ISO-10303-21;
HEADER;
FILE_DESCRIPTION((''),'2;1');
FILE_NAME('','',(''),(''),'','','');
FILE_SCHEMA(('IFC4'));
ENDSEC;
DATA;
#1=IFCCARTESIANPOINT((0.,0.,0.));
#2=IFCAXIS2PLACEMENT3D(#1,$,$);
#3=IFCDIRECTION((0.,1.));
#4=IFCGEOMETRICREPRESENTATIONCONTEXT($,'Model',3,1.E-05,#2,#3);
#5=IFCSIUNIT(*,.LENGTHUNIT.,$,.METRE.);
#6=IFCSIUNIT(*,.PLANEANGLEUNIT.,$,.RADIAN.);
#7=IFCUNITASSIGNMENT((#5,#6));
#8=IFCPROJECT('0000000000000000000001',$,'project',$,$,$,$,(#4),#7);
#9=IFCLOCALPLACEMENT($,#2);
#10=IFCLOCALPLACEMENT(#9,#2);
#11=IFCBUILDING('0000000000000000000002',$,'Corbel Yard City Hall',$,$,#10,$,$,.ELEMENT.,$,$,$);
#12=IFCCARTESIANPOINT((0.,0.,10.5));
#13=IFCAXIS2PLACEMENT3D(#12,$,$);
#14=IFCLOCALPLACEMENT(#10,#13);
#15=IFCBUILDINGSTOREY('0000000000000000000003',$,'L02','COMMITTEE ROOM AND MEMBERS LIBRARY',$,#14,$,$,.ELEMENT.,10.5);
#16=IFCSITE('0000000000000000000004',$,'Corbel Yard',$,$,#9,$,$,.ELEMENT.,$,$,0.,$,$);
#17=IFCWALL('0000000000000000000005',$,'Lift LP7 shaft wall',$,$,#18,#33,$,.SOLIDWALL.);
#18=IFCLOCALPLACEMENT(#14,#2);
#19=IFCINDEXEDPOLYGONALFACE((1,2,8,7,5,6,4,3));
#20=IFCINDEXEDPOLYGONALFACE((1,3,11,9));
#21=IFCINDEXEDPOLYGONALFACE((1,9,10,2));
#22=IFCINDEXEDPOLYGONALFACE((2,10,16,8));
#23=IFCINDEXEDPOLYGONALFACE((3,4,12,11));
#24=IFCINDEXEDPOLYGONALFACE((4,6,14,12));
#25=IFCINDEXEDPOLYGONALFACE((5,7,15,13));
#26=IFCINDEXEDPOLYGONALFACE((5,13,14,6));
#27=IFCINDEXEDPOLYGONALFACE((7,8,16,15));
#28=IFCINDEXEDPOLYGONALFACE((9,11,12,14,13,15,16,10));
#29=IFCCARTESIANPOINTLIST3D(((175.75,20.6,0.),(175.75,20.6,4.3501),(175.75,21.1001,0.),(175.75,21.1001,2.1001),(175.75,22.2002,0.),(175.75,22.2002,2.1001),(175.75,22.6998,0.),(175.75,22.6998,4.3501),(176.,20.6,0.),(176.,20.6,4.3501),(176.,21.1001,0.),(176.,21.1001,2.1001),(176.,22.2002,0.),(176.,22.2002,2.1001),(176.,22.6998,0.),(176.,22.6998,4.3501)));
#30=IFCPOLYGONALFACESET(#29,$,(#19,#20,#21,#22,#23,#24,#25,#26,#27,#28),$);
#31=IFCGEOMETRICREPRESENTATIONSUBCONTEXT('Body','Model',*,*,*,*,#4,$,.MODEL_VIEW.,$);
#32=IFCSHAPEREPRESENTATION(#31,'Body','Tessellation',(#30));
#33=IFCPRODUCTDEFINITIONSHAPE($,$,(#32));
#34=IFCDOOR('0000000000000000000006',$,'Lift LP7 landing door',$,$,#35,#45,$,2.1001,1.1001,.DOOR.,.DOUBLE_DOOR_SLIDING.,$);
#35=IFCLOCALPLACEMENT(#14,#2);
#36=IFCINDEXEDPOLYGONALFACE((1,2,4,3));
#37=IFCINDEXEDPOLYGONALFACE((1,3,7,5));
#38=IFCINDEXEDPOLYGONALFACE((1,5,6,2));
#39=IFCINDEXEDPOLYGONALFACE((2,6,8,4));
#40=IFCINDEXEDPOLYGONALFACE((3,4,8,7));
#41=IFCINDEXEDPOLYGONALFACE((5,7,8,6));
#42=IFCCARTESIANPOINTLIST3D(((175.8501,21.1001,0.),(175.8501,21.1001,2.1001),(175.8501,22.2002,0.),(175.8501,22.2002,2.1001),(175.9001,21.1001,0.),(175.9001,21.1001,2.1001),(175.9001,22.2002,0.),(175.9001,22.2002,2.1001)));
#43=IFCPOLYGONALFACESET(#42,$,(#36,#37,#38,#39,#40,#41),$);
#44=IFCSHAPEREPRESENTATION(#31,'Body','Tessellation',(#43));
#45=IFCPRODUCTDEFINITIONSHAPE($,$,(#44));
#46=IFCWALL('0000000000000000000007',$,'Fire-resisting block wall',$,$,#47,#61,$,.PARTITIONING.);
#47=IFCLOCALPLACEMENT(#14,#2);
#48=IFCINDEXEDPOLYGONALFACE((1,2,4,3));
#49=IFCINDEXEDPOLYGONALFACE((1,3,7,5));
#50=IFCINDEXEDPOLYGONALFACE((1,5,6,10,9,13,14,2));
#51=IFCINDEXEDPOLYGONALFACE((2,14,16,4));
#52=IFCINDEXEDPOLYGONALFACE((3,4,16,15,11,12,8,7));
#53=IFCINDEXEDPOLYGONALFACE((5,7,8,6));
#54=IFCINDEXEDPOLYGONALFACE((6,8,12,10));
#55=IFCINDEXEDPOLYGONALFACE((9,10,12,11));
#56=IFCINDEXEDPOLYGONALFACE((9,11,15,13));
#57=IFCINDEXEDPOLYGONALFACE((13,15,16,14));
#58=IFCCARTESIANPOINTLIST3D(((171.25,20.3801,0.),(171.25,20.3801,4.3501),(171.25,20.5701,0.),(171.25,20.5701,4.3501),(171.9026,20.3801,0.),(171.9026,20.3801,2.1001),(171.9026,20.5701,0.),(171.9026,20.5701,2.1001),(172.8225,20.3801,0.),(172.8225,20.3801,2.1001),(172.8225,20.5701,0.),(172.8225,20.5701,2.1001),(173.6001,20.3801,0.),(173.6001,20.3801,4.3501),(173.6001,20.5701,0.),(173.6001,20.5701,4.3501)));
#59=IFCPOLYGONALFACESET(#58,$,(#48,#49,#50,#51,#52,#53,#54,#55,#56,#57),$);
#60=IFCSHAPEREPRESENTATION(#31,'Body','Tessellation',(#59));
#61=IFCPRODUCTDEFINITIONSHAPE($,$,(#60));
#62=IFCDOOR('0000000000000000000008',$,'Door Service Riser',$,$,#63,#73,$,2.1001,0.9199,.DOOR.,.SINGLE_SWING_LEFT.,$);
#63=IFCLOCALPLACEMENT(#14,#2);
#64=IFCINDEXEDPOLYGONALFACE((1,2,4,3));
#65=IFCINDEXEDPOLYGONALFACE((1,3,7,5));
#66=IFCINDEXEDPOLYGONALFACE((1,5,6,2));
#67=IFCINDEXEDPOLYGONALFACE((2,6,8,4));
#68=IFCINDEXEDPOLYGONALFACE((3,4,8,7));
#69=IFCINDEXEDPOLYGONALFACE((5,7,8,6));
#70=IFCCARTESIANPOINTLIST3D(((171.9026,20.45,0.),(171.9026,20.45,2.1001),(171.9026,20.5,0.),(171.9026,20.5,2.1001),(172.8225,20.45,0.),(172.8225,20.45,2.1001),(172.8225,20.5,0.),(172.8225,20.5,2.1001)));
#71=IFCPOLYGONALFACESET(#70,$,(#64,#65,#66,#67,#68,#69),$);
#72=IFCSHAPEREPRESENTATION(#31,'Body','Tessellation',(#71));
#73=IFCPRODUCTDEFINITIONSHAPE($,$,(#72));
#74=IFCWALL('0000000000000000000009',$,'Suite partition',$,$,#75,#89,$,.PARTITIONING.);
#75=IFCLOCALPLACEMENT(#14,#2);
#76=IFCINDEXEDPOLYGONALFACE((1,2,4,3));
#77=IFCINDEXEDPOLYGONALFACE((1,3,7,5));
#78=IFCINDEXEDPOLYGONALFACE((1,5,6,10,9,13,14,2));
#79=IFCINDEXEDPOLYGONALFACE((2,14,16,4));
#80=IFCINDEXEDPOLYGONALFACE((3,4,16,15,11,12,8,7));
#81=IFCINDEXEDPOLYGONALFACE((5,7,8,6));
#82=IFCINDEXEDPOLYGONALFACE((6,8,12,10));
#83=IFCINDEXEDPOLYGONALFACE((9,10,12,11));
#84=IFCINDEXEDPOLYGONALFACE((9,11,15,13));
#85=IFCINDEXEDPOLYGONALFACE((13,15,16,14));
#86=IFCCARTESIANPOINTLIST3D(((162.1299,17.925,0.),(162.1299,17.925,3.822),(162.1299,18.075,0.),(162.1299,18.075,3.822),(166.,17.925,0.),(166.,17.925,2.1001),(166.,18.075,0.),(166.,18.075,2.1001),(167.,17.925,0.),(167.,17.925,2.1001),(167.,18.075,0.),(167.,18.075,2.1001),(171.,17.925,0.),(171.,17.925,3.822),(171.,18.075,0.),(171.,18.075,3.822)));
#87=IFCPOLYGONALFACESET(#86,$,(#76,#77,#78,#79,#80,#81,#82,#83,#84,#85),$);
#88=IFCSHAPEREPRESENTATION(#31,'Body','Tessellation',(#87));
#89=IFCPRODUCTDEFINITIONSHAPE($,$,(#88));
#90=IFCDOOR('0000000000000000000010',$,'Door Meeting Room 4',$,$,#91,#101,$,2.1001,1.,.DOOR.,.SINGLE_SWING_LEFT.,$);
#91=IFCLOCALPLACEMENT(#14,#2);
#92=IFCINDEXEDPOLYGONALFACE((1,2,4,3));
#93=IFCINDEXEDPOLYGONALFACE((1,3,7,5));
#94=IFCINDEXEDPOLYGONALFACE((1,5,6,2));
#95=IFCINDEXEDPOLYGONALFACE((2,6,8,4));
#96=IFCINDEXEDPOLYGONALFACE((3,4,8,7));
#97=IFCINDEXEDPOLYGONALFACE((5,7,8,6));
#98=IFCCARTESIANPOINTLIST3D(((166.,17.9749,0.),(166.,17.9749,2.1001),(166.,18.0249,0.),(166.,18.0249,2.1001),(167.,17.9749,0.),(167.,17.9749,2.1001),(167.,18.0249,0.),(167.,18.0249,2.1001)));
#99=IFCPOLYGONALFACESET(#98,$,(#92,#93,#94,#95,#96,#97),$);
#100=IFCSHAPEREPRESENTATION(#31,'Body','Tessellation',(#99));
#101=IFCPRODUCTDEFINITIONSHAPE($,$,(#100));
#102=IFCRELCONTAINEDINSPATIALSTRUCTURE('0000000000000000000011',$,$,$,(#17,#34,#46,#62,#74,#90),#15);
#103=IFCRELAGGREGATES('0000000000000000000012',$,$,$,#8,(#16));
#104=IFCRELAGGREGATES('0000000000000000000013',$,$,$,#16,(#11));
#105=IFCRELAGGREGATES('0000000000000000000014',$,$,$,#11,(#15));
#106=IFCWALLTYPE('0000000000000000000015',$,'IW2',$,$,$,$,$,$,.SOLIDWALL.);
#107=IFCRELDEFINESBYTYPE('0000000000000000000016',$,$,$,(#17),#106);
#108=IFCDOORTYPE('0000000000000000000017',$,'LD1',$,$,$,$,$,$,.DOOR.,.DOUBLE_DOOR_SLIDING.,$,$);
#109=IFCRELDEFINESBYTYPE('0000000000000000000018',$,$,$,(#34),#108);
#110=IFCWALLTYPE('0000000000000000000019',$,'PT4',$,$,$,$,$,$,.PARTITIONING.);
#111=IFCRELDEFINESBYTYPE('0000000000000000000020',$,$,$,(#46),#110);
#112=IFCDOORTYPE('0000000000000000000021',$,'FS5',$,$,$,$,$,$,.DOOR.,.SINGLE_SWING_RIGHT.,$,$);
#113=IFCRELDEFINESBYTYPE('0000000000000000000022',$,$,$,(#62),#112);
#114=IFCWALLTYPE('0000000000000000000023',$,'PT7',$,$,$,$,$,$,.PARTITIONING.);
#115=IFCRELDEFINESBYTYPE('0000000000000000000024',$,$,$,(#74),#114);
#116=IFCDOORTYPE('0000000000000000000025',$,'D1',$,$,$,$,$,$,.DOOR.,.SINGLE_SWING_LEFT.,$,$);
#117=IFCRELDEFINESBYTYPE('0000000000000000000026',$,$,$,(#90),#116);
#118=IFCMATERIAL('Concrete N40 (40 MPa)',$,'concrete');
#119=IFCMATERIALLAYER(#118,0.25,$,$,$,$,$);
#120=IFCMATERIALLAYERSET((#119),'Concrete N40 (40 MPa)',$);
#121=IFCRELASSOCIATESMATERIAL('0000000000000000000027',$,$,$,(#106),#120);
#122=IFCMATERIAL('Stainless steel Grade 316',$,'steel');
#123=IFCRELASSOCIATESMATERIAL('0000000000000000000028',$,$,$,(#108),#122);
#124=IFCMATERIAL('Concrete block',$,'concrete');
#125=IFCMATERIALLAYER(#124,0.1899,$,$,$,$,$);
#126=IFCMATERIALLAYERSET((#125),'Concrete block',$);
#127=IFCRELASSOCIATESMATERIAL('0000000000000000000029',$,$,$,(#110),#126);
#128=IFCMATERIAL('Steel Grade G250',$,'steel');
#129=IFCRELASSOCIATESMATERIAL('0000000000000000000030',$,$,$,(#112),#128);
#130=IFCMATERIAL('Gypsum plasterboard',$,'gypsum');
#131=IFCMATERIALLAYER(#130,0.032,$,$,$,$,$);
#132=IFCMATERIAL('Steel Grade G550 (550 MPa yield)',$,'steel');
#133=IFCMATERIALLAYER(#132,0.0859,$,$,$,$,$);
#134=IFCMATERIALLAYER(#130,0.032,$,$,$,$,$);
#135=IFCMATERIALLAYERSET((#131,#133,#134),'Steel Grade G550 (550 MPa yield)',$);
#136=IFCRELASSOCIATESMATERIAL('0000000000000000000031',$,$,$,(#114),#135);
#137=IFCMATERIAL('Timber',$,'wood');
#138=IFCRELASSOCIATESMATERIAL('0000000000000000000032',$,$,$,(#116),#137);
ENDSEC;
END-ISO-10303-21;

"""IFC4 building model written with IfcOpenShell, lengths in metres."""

from ifc_helpers import new_model, si_unit, direction, frame, frame_2d, origin, place, context, subcontext, project, spatial, rectangle, extrude, material, layer, layer_set, type_object, element, fill, save


model = new_model("IFC4")

# Units and contexts
model_context = context("Model", 3, precision=1e-05, world=origin(), true_north=direction((0.0, 1.0)))
body_context = subcontext(model_context, "Body", "Model", "MODEL_VIEW")
ifc_project = project(units=[si_unit("LENGTHUNIT", "METRE"), si_unit("PLANEANGLEUNIT", "RADIAN")], contexts=[model_context])

# Site, building, storey
site_placement = place(None, origin())
site = spatial("IfcSite", under=ifc_project, at=site_placement, Name="Corbel Yard", CompositionType="ELEMENT", RefElevation=0.0)
building_placement = place(site_placement, origin())
building = spatial("IfcBuilding", under=site, at=building_placement, Name="Corbel Yard City Hall", CompositionType="ELEMENT")
storey_placement = place(building_placement, frame((0.0, 0.0, 10.5)))
storey = spatial("IfcBuildingStorey", under=building, at=storey_placement, Name="L02", Description="COMMITTEE ROOM AND MEMBERS LIBRARY", CompositionType="ELEMENT", Elevation=10.5)

# Shared definitions
ifc_material_1 = material(Name="Steel Grade G250", Category="steel")

# Shared definitions
ifc_material_2 = material(Name="Concrete N40 (40 MPa)", Category="concrete")
ifc_layer_1 = layer(ifc_material_2, 0.25)
ifc_layer_set_1 = layer_set([ifc_layer_1], Name="Concrete N40 (40 MPa)")
wall_type_1 = type_object("IfcWallType", Name="IW2", PredefinedType="SOLIDWALL", material=ifc_layer_set_1)

# Walls, openings, doors
wall_1_placement = place(storey_placement, frame((175.875, 20.6001, 0.0), z_axis=(0.0, 0.0, 1.0), x_axis=(0.0, 1.0, 0.0)))
wall_1 = element("IfcWall", 1, at=wall_1_placement, inside=storey, type_object=wall_type_1, Name="Lift LP7 shaft wall", PredefinedType="SOLIDWALL", context=body_context, shape_type="SweptSolid", body=[
    extrude(rectangle(XDim=2.0999, YDim=0.25, at=frame_2d((1.0498, 0.0))), origin(), (0.0, 0.0, 1.0), 4.3501),
])
opening_1_placement = place(wall_1_placement, frame((0.5, 0.0, 0.0)))
opening_1 = element("IfcOpeningElement", 2, at=opening_1_placement, cuts=wall_1, PredefinedType="OPENING", context=body_context, shape_type="SweptSolid", body=[
    extrude(rectangle(XDim=1.1001, YDim=2.1001, at=frame_2d((0.55, 1.05))), frame((0.0, 0.135, 0.0), z_axis=(0.0, -1.0, 0.0), x_axis=(1.0, 0.0, 0.0)), (0.0, 0.0, 1.0), 0.27),
])
ifc_material_3 = material(Name="Stainless steel Grade 316", Category="steel")
door_type_1 = type_object("IfcDoorType", Name="LD1", OperationType="DOUBLE_DOOR_SLIDING", PredefinedType="DOOR", material=ifc_material_3)
door_1_placement = place(opening_1_placement, origin())
door_1 = element("IfcDoor", 3, at=door_1_placement, inside=storey, type_object=door_type_1, Name="Lift LP7 landing door", OperationType="DOUBLE_DOOR_SLIDING", OverallHeight=2.1001, OverallWidth=1.1001, PredefinedType="DOOR", context=body_context, shape_type="SweptSolid", body=[
    extrude(rectangle(XDim=1.1001, YDim=2.1001, at=frame_2d((0.55, 1.05))), frame((0.0, 0.0249, 0.0), z_axis=(0.0, -1.0, 0.0), x_axis=(1.0, 0.0, 0.0)), (0.0, 0.0, 1.0), 0.05),
])
fill(opening_1, door_1)
ifc_material_4 = material(Name="Concrete block", Category="concrete")
ifc_layer_2 = layer(ifc_material_4, 0.1899)
ifc_layer_set_2 = layer_set([ifc_layer_2], Name="Concrete block")
wall_type_2 = type_object("IfcWallType", Name="PT4", PredefinedType="PARTITIONING", material=ifc_layer_set_2)
wall_2_placement = place(storey_placement, frame((171.25, 20.4751, 0.0), z_axis=(0.0, 0.0, 1.0), x_axis=(1.0, 0.0, 0.0)))
wall_2 = element("IfcWall", 4, at=wall_2_placement, inside=storey, type_object=wall_type_2, Name="Fire-resisting block wall", PredefinedType="PARTITIONING", context=body_context, shape_type="SweptSolid", body=[
    extrude(rectangle(XDim=2.3501, YDim=0.1899, at=frame_2d((1.175, 0.0))), origin(), (0.0, 0.0, 1.0), 4.3501),
])
opening_2_placement = place(wall_2_placement, frame((0.6526, 0.0, 0.0)))
opening_2 = element("IfcOpeningElement", 5, at=opening_2_placement, cuts=wall_2, PredefinedType="OPENING", context=body_context, shape_type="SweptSolid", body=[
    extrude(rectangle(XDim=0.9199, YDim=2.1001, at=frame_2d((0.46, 1.05))), frame((0.0, 0.105, 0.0), z_axis=(0.0, -1.0, 0.0), x_axis=(1.0, 0.0, 0.0)), (0.0, 0.0, 1.0), 0.21),
])
door_type_2 = type_object("IfcDoorType", Name="FS5", OperationType="SINGLE_SWING_RIGHT", PredefinedType="DOOR", material=ifc_material_1)
door_2_placement = place(opening_2_placement, origin())
door_2 = element("IfcDoor", 6, at=door_2_placement, inside=storey, type_object=door_type_2, Name="Door Service Riser", OperationType="SINGLE_SWING_LEFT", OverallHeight=2.1001, OverallWidth=0.9199, PredefinedType="DOOR", context=body_context, shape_type="SweptSolid", body=[
    extrude(rectangle(XDim=0.9199, YDim=2.1001, at=frame_2d((0.46, 1.05))), frame((0.0, 0.0249, 0.0), z_axis=(0.0, -1.0, 0.0), x_axis=(1.0, 0.0, 0.0)), (0.0, 0.0, 1.0), 0.05),
])
fill(opening_2, door_2)
ifc_material_5 = material(Name="Gypsum plasterboard", Category="gypsum")
ifc_layer_3 = layer(ifc_material_5, 0.032)
ifc_material_6 = material(Name="Steel Grade G550 (550 MPa yield)", Category="steel")
ifc_layer_4 = layer(ifc_material_6, 0.0859)
ifc_layer_5 = layer(ifc_material_5, 0.032)
ifc_layer_set_3 = layer_set([ifc_layer_3, ifc_layer_4, ifc_layer_5], Name="Steel Grade G550 (550 MPa yield)")
wall_type_3 = type_object("IfcWallType", Name="PT7", PredefinedType="PARTITIONING", material=ifc_layer_set_3)
wall_3_placement = place(storey_placement, frame((162.1299, 18.0, 0.0), z_axis=(0.0, 0.0, 1.0), x_axis=(1.0, 0.0, 0.0)))
wall_3 = element("IfcWall", 7, at=wall_3_placement, inside=storey, type_object=wall_type_3, Name="Suite partition", PredefinedType="PARTITIONING", context=body_context, shape_type="SweptSolid", body=[
    extrude(rectangle(XDim=8.8701, YDim=0.1499, at=frame_2d((4.4351, 0.0))), origin(), (0.0, 0.0, 1.0), 3.822),
])
opening_3_placement = place(wall_3_placement, frame((3.8701, 0.0, 0.0)))
opening_3 = element("IfcOpeningElement", 8, at=opening_3_placement, cuts=wall_3, PredefinedType="OPENING", context=body_context, shape_type="SweptSolid", body=[
    extrude(rectangle(XDim=1.0, YDim=2.1001, at=frame_2d((0.5, 1.05))), frame((0.0, 0.085, 0.0), z_axis=(0.0, -1.0, 0.0), x_axis=(1.0, 0.0, 0.0)), (0.0, 0.0, 1.0), 0.1699),
])
ifc_material_7 = material(Name="Timber", Category="wood")
door_type_3 = type_object("IfcDoorType", Name="D1", OperationType="SINGLE_SWING_LEFT", PredefinedType="DOOR", material=ifc_material_7)
door_3_placement = place(opening_3_placement, origin())
door_3 = element("IfcDoor", 9, at=door_3_placement, inside=storey, type_object=door_type_3, Name="Door Meeting Room 4", OperationType="SINGLE_SWING_LEFT", OverallHeight=2.1001, OverallWidth=1.0, PredefinedType="DOOR", context=body_context, shape_type="SweptSolid", body=[
    extrude(rectangle(XDim=1.0, YDim=2.1001, at=frame_2d((0.5, 1.05))), frame((0.0, 0.0249, 0.0), z_axis=(0.0, -1.0, 0.0), x_axis=(1.0, 0.0, 0.0)), (0.0, 0.0, 1.0), 0.05),
])
fill(opening_3, door_3)

save(model, "model.ifc")
